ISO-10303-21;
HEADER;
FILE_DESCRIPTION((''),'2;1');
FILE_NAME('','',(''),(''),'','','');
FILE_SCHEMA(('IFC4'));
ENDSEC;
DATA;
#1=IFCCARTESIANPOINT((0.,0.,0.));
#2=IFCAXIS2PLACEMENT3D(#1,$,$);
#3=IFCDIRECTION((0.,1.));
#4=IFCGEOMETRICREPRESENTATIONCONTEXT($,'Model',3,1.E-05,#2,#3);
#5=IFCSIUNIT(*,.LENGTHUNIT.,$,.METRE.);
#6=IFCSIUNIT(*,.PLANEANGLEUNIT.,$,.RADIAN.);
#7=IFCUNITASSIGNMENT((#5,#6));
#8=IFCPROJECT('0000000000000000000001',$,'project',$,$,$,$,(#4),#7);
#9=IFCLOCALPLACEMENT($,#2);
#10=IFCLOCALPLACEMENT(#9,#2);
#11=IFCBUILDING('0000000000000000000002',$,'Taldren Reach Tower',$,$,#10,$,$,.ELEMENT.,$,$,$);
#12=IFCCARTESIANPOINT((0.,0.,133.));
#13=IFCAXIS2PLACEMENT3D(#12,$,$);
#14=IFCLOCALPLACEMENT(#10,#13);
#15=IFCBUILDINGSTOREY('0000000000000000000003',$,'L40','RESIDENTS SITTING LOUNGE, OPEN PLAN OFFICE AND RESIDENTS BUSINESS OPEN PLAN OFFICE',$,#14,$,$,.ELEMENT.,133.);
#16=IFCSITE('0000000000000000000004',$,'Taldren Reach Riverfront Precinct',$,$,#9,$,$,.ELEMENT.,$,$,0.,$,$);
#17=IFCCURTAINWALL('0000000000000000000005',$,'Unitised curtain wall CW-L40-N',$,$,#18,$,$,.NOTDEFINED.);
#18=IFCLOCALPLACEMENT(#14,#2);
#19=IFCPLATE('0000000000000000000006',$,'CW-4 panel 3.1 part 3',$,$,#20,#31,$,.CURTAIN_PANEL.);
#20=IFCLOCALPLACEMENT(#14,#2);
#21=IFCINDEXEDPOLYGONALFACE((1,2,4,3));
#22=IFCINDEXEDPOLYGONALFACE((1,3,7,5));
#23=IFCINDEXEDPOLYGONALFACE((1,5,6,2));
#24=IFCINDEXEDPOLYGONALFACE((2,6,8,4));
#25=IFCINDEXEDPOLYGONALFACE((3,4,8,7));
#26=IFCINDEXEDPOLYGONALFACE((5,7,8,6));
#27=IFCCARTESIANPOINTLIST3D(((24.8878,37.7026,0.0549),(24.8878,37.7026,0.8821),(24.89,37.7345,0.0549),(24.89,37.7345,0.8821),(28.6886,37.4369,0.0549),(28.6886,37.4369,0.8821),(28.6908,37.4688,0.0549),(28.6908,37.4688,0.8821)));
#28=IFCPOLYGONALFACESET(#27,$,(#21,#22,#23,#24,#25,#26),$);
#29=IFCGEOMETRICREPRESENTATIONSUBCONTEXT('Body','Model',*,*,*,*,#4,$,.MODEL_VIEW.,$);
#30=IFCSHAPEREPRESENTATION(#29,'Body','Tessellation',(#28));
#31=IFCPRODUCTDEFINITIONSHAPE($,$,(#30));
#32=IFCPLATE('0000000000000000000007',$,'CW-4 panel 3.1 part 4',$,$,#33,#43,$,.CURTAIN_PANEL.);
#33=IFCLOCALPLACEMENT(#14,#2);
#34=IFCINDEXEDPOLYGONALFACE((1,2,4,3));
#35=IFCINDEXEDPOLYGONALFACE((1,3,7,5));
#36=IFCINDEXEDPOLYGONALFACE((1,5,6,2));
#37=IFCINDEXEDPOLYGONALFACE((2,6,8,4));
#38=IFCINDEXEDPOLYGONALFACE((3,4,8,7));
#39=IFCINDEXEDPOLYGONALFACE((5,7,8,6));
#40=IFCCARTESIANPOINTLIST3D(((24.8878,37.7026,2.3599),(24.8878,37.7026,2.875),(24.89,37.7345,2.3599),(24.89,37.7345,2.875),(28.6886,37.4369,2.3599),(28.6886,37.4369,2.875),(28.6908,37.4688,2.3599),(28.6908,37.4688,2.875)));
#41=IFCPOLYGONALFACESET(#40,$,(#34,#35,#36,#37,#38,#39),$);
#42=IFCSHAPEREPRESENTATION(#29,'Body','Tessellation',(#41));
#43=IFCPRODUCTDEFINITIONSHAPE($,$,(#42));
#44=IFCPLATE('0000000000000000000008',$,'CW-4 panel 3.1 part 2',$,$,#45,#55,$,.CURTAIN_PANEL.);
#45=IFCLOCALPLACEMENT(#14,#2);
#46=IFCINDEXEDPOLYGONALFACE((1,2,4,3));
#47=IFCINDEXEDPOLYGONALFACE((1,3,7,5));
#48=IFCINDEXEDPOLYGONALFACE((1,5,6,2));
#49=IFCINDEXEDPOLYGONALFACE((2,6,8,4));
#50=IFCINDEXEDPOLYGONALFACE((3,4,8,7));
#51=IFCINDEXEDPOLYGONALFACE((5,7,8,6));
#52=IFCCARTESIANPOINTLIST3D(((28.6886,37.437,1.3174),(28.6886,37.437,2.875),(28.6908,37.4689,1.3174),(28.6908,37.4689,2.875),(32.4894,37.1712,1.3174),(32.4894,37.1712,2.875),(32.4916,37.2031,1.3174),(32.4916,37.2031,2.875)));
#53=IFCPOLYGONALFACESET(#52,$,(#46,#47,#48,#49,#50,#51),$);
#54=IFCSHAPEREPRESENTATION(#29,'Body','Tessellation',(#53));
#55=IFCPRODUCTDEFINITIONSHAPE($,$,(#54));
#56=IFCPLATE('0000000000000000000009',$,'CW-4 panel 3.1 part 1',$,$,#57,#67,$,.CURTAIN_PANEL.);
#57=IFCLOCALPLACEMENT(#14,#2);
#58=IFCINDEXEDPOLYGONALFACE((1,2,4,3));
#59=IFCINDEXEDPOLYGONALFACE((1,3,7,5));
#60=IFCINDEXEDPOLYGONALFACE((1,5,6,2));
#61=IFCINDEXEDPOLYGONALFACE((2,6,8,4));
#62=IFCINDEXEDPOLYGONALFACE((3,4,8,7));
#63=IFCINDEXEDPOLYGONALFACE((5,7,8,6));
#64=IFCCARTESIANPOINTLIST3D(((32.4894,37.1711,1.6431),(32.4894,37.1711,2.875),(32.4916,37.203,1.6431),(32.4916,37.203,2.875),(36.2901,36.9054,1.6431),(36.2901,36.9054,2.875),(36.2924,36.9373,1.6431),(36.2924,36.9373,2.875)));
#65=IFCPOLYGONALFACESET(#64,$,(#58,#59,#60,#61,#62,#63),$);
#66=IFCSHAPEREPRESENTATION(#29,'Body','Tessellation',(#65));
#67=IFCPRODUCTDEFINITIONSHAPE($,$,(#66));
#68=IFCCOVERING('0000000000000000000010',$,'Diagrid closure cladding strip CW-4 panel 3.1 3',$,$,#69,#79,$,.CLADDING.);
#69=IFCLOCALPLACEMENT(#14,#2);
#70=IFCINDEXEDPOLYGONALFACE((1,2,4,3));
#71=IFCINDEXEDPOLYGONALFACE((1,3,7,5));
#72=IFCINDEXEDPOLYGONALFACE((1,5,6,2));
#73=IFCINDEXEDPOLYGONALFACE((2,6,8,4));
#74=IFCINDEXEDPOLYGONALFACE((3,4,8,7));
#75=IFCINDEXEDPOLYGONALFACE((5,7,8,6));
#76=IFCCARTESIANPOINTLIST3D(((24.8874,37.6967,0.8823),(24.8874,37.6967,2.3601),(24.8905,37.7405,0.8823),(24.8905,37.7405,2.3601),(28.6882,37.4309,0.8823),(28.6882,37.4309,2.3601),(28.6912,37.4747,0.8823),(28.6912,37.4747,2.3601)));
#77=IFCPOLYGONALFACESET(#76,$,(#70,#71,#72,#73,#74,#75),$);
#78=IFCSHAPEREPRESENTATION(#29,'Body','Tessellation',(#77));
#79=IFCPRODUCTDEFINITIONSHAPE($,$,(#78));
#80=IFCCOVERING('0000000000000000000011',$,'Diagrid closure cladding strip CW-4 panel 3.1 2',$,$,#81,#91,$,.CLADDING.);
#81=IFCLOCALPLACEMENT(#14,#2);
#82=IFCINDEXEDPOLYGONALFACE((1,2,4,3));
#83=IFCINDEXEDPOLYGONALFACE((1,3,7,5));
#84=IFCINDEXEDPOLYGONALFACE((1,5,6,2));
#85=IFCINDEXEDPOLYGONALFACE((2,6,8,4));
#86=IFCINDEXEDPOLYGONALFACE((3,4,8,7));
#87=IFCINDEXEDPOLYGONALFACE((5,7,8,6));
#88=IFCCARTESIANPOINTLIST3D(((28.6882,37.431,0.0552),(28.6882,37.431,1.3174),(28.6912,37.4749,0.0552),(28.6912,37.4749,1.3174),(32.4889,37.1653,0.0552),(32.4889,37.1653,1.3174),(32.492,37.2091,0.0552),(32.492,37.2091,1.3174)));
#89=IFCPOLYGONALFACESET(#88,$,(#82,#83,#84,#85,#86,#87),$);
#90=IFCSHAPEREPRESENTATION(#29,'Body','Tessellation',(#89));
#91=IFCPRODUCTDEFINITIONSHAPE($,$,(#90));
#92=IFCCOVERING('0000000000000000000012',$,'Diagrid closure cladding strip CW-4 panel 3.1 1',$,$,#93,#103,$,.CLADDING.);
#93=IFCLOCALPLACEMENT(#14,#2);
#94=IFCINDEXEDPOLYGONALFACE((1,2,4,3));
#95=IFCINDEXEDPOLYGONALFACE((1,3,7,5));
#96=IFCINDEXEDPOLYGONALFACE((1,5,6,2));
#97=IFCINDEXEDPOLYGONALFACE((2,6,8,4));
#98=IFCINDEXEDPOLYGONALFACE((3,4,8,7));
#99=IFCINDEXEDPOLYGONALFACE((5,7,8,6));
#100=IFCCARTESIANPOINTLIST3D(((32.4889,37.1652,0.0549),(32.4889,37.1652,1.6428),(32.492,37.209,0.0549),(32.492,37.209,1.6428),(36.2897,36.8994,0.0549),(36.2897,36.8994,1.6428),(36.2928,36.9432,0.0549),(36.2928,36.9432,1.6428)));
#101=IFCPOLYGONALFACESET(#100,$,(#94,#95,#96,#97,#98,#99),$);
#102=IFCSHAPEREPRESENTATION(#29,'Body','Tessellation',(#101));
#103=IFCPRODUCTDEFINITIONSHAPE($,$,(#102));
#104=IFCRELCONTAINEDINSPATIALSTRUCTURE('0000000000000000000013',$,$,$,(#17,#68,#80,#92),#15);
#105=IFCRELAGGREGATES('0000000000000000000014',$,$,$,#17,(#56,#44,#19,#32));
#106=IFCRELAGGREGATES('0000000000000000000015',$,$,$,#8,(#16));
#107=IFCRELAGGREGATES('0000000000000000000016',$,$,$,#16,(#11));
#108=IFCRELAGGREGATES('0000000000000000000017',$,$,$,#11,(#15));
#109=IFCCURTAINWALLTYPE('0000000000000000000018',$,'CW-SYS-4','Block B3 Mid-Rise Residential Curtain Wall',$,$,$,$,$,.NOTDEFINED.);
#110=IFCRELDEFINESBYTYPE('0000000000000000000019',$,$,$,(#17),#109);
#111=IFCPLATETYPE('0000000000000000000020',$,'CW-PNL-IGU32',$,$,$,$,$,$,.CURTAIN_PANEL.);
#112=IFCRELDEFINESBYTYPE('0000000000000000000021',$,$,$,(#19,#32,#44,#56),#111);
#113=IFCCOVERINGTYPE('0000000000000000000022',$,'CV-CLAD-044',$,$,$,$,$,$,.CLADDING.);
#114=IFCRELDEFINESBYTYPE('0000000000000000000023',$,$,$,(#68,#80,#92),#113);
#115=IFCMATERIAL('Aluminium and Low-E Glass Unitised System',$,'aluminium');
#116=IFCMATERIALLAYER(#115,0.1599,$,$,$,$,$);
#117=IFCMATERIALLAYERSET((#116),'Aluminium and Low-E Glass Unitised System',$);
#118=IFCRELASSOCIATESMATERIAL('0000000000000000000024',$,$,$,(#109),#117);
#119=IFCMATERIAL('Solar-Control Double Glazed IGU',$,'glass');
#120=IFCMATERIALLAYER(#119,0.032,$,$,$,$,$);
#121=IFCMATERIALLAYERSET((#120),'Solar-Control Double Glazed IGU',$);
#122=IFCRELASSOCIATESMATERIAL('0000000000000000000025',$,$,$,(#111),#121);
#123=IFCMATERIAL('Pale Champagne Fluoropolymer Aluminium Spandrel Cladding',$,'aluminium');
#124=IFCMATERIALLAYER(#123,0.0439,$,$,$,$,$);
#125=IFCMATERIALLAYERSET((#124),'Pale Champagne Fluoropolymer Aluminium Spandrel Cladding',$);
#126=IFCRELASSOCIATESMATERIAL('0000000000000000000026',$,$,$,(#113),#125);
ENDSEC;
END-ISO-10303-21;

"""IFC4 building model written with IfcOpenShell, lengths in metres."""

from ifc_helpers import new_model, si_unit, direction, frame, origin, origin_2d, place, context, subcontext, project, spatial, rectangle, extrude, source, transform, mapped, material, layer, layer_set, type_object, element, aggregate, save


model = new_model("IFC4")

# Units and contexts
model_context = context("Model", 3, precision=1e-05, world=origin(), true_north=direction((0.0, 1.0)))
body_context = subcontext(model_context, "Body", "Model", "MODEL_VIEW")
ifc_project = project(units=[si_unit("LENGTHUNIT", "METRE"), si_unit("PLANEANGLEUNIT", "RADIAN")], contexts=[model_context])

# Site, building, storey
site_placement = place(None, origin())
site = spatial("IfcSite", under=ifc_project, at=site_placement, Name="Taldren Reach Riverfront Precinct", CompositionType="ELEMENT", RefElevation=0.0)
building_placement = place(site_placement, origin())
building = spatial("IfcBuilding", under=site, at=building_placement, Name="Taldren Reach Tower", CompositionType="ELEMENT")
storey_placement = place(building_placement, frame((0.0, 0.0, 133.0)))
storey = spatial("IfcBuildingStorey", under=building, at=storey_placement, Name="L40", Description="RESIDENTS SITTING LOUNGE, OPEN PLAN OFFICE AND RESIDENTS BUSINESS OPEN PLAN OFFICE", CompositionType="ELEMENT", Elevation=133.0)

# Curtain wall
ifc_material_1 = material(Name="Aluminium and Low-E Glass Unitised System", Category="aluminium")
ifc_layer_1 = layer(ifc_material_1, 0.1599)
ifc_layer_set_1 = layer_set([ifc_layer_1], Name="Aluminium and Low-E Glass Unitised System")
curtain_wall_type = type_object("IfcCurtainWallType", Name="CW-SYS-4", Description="Block B3 Mid-Rise Residential Curtain Wall", PredefinedType="NOTDEFINED", material=ifc_layer_set_1)
curtain_wall_placement = place(storey_placement, origin())
curtain_wall = element("IfcCurtainWall", 1, at=curtain_wall_placement, inside=storey, type_object=curtain_wall_type, Name="Unitised curtain wall CW-L40-N", PredefinedType="NOTDEFINED")

# Plates
ifc_material_2 = material(Name="Solar-Control Double Glazed IGU", Category="glass")
ifc_layer_2 = layer(ifc_material_2, 0.032)
ifc_layer_set_2 = layer_set([ifc_layer_2], Name="Solar-Control Double Glazed IGU")
plate_type_1 = type_object("IfcPlateType", Name="CW-PNL-IGU32", PredefinedType="CURTAIN_PANEL", material=ifc_layer_set_2)
shared_shape_1 = source(origin(), body_context, "Body", "SweptSolid", [
    extrude(rectangle(XDim=3.8101, YDim=0.032, at=origin_2d()), origin(), (0.0, 0.0, 1.0), 0.8271),
])
plate_1_placement = place(storey_placement, frame((26.7893, 37.5857, 0.0549), z_axis=(0.0, 0.0, 1.0), x_axis=(-0.997564, 0.069757, 0.0)))
plate_1 = element("IfcPlate", 2, at=plate_1_placement, type_object=plate_type_1, Name="CW-4 panel 3.1 part 3", PredefinedType="CURTAIN_PANEL", context=body_context, shape_type="MappedRepresentation", body=[
    mapped(shared_shape_1, transform((0.0, 0.0, 0.0), scale=1.0)),
])
shared_shape_2 = source(origin(), body_context, "Body", "SweptSolid", [
    extrude(rectangle(XDim=3.8101, YDim=0.032, at=origin_2d()), origin(), (0.0, 0.0, 1.0), 0.5151),
])
plate_2_placement = place(storey_placement, frame((26.7893, 37.5857, 2.3599), z_axis=(0.0, 0.0, 1.0), x_axis=(-0.997564, 0.069757, 0.0)))
plate_2 = element("IfcPlate", 3, at=plate_2_placement, type_object=plate_type_1, Name="CW-4 panel 3.1 part 4", PredefinedType="CURTAIN_PANEL", context=body_context, shape_type="MappedRepresentation", body=[
    mapped(shared_shape_2, transform((0.0, 0.0, 0.0), scale=1.0)),
])
shared_shape_3 = source(origin(), body_context, "Body", "SweptSolid", [
    extrude(rectangle(XDim=3.8101, YDim=0.032, at=origin_2d()), origin(), (0.0, 0.0, 1.0), 1.5576),
])
plate_3_placement = place(storey_placement, frame((30.5901, 37.3201, 1.3174), z_axis=(0.0, 0.0, 1.0), x_axis=(-0.997564, 0.069757, 0.0)))
plate_3 = element("IfcPlate", 4, at=plate_3_placement, type_object=plate_type_1, Name="CW-4 panel 3.1 part 2", PredefinedType="CURTAIN_PANEL", context=body_context, shape_type="MappedRepresentation", body=[
    mapped(shared_shape_3, transform((0.0, 0.0, 0.0), scale=1.0)),
])
shared_shape_4 = source(origin(), body_context, "Body", "SweptSolid", [
    extrude(rectangle(XDim=3.8101, YDim=0.032, at=origin_2d()), origin(), (0.0, 0.0, 1.0), 1.2319),
])
plate_4_placement = place(storey_placement, frame((34.3909, 37.0542, 1.6431), z_axis=(0.0, 0.0, 1.0), x_axis=(-0.997564, 0.069757, 0.0)))
plate_4 = element("IfcPlate", 5, at=plate_4_placement, type_object=plate_type_1, Name="CW-4 panel 3.1 part 1", PredefinedType="CURTAIN_PANEL", context=body_context, shape_type="MappedRepresentation", body=[
    mapped(shared_shape_4, transform((0.0, 0.0, 0.0), scale=1.0)),
])
aggregate(curtain_wall, [plate_4, plate_3, plate_1, plate_2])

# Coverings
ifc_material_3 = material(Name="Pale Champagne Fluoropolymer Aluminium Spandrel Cladding", Category="aluminium")
ifc_layer_3 = layer(ifc_material_3, 0.0439)
ifc_layer_set_3 = layer_set([ifc_layer_3], Name="Pale Champagne Fluoropolymer Aluminium Spandrel Cladding")
covering_type = type_object("IfcCoveringType", Name="CV-CLAD-044", PredefinedType="CLADDING", material=ifc_layer_set_3)
shared_shape_5 = source(origin(), body_context, "Body", "SweptSolid", [
    extrude(rectangle(XDim=3.8101, YDim=0.0439, at=origin_2d()), origin(), (0.0, 0.0, 1.0), 1.4778),
])
covering_1_placement = place(storey_placement, frame((26.7893, 37.5857, 0.8823), z_axis=(0.0, 0.0, 1.0), x_axis=(-0.997564, 0.069757, 0.0)))
element("IfcCovering", 6, at=covering_1_placement, inside=storey, type_object=covering_type, Name="Diagrid closure cladding strip CW-4 panel 3.1 3", PredefinedType="CLADDING", context=body_context, shape_type="MappedRepresentation", body=[
    mapped(shared_shape_5, transform((0.0, 0.0, 0.0), scale=1.0)),
])
shared_shape_6 = source(origin(), body_context, "Body", "SweptSolid", [
    extrude(rectangle(XDim=3.8101, YDim=0.0439, at=origin_2d()), origin(), (0.0, 0.0, 1.0), 1.2622),
])
covering_2_placement = place(storey_placement, frame((30.5901, 37.3201, 0.0552), z_axis=(0.0, 0.0, 1.0), x_axis=(-0.997564, 0.069757, 0.0)))
element("IfcCovering", 7, at=covering_2_placement, inside=storey, type_object=covering_type, Name="Diagrid closure cladding strip CW-4 panel 3.1 2", PredefinedType="CLADDING", context=body_context, shape_type="MappedRepresentation", body=[
    mapped(shared_shape_6, transform((0.0, 0.0, 0.0), scale=1.0)),
])
shared_shape_7 = source(origin(), body_context, "Body", "SweptSolid", [
    extrude(rectangle(XDim=3.8101, YDim=0.0439, at=origin_2d()), origin(), (0.0, 0.0, 1.0), 1.5879),
])
covering_3_placement = place(storey_placement, frame((34.3909, 37.0542, 0.0549), z_axis=(0.0, 0.0, 1.0), x_axis=(-0.997564, 0.069757, 0.0)))
element("IfcCovering", 8, at=covering_3_placement, inside=storey, type_object=covering_type, Name="Diagrid closure cladding strip CW-4 panel 3.1 1", PredefinedType="CLADDING", context=body_context, shape_type="MappedRepresentation", body=[
    mapped(shared_shape_7, transform((0.0, 0.0, 0.0), scale=1.0)),
])

save(model, "model.ifc")
